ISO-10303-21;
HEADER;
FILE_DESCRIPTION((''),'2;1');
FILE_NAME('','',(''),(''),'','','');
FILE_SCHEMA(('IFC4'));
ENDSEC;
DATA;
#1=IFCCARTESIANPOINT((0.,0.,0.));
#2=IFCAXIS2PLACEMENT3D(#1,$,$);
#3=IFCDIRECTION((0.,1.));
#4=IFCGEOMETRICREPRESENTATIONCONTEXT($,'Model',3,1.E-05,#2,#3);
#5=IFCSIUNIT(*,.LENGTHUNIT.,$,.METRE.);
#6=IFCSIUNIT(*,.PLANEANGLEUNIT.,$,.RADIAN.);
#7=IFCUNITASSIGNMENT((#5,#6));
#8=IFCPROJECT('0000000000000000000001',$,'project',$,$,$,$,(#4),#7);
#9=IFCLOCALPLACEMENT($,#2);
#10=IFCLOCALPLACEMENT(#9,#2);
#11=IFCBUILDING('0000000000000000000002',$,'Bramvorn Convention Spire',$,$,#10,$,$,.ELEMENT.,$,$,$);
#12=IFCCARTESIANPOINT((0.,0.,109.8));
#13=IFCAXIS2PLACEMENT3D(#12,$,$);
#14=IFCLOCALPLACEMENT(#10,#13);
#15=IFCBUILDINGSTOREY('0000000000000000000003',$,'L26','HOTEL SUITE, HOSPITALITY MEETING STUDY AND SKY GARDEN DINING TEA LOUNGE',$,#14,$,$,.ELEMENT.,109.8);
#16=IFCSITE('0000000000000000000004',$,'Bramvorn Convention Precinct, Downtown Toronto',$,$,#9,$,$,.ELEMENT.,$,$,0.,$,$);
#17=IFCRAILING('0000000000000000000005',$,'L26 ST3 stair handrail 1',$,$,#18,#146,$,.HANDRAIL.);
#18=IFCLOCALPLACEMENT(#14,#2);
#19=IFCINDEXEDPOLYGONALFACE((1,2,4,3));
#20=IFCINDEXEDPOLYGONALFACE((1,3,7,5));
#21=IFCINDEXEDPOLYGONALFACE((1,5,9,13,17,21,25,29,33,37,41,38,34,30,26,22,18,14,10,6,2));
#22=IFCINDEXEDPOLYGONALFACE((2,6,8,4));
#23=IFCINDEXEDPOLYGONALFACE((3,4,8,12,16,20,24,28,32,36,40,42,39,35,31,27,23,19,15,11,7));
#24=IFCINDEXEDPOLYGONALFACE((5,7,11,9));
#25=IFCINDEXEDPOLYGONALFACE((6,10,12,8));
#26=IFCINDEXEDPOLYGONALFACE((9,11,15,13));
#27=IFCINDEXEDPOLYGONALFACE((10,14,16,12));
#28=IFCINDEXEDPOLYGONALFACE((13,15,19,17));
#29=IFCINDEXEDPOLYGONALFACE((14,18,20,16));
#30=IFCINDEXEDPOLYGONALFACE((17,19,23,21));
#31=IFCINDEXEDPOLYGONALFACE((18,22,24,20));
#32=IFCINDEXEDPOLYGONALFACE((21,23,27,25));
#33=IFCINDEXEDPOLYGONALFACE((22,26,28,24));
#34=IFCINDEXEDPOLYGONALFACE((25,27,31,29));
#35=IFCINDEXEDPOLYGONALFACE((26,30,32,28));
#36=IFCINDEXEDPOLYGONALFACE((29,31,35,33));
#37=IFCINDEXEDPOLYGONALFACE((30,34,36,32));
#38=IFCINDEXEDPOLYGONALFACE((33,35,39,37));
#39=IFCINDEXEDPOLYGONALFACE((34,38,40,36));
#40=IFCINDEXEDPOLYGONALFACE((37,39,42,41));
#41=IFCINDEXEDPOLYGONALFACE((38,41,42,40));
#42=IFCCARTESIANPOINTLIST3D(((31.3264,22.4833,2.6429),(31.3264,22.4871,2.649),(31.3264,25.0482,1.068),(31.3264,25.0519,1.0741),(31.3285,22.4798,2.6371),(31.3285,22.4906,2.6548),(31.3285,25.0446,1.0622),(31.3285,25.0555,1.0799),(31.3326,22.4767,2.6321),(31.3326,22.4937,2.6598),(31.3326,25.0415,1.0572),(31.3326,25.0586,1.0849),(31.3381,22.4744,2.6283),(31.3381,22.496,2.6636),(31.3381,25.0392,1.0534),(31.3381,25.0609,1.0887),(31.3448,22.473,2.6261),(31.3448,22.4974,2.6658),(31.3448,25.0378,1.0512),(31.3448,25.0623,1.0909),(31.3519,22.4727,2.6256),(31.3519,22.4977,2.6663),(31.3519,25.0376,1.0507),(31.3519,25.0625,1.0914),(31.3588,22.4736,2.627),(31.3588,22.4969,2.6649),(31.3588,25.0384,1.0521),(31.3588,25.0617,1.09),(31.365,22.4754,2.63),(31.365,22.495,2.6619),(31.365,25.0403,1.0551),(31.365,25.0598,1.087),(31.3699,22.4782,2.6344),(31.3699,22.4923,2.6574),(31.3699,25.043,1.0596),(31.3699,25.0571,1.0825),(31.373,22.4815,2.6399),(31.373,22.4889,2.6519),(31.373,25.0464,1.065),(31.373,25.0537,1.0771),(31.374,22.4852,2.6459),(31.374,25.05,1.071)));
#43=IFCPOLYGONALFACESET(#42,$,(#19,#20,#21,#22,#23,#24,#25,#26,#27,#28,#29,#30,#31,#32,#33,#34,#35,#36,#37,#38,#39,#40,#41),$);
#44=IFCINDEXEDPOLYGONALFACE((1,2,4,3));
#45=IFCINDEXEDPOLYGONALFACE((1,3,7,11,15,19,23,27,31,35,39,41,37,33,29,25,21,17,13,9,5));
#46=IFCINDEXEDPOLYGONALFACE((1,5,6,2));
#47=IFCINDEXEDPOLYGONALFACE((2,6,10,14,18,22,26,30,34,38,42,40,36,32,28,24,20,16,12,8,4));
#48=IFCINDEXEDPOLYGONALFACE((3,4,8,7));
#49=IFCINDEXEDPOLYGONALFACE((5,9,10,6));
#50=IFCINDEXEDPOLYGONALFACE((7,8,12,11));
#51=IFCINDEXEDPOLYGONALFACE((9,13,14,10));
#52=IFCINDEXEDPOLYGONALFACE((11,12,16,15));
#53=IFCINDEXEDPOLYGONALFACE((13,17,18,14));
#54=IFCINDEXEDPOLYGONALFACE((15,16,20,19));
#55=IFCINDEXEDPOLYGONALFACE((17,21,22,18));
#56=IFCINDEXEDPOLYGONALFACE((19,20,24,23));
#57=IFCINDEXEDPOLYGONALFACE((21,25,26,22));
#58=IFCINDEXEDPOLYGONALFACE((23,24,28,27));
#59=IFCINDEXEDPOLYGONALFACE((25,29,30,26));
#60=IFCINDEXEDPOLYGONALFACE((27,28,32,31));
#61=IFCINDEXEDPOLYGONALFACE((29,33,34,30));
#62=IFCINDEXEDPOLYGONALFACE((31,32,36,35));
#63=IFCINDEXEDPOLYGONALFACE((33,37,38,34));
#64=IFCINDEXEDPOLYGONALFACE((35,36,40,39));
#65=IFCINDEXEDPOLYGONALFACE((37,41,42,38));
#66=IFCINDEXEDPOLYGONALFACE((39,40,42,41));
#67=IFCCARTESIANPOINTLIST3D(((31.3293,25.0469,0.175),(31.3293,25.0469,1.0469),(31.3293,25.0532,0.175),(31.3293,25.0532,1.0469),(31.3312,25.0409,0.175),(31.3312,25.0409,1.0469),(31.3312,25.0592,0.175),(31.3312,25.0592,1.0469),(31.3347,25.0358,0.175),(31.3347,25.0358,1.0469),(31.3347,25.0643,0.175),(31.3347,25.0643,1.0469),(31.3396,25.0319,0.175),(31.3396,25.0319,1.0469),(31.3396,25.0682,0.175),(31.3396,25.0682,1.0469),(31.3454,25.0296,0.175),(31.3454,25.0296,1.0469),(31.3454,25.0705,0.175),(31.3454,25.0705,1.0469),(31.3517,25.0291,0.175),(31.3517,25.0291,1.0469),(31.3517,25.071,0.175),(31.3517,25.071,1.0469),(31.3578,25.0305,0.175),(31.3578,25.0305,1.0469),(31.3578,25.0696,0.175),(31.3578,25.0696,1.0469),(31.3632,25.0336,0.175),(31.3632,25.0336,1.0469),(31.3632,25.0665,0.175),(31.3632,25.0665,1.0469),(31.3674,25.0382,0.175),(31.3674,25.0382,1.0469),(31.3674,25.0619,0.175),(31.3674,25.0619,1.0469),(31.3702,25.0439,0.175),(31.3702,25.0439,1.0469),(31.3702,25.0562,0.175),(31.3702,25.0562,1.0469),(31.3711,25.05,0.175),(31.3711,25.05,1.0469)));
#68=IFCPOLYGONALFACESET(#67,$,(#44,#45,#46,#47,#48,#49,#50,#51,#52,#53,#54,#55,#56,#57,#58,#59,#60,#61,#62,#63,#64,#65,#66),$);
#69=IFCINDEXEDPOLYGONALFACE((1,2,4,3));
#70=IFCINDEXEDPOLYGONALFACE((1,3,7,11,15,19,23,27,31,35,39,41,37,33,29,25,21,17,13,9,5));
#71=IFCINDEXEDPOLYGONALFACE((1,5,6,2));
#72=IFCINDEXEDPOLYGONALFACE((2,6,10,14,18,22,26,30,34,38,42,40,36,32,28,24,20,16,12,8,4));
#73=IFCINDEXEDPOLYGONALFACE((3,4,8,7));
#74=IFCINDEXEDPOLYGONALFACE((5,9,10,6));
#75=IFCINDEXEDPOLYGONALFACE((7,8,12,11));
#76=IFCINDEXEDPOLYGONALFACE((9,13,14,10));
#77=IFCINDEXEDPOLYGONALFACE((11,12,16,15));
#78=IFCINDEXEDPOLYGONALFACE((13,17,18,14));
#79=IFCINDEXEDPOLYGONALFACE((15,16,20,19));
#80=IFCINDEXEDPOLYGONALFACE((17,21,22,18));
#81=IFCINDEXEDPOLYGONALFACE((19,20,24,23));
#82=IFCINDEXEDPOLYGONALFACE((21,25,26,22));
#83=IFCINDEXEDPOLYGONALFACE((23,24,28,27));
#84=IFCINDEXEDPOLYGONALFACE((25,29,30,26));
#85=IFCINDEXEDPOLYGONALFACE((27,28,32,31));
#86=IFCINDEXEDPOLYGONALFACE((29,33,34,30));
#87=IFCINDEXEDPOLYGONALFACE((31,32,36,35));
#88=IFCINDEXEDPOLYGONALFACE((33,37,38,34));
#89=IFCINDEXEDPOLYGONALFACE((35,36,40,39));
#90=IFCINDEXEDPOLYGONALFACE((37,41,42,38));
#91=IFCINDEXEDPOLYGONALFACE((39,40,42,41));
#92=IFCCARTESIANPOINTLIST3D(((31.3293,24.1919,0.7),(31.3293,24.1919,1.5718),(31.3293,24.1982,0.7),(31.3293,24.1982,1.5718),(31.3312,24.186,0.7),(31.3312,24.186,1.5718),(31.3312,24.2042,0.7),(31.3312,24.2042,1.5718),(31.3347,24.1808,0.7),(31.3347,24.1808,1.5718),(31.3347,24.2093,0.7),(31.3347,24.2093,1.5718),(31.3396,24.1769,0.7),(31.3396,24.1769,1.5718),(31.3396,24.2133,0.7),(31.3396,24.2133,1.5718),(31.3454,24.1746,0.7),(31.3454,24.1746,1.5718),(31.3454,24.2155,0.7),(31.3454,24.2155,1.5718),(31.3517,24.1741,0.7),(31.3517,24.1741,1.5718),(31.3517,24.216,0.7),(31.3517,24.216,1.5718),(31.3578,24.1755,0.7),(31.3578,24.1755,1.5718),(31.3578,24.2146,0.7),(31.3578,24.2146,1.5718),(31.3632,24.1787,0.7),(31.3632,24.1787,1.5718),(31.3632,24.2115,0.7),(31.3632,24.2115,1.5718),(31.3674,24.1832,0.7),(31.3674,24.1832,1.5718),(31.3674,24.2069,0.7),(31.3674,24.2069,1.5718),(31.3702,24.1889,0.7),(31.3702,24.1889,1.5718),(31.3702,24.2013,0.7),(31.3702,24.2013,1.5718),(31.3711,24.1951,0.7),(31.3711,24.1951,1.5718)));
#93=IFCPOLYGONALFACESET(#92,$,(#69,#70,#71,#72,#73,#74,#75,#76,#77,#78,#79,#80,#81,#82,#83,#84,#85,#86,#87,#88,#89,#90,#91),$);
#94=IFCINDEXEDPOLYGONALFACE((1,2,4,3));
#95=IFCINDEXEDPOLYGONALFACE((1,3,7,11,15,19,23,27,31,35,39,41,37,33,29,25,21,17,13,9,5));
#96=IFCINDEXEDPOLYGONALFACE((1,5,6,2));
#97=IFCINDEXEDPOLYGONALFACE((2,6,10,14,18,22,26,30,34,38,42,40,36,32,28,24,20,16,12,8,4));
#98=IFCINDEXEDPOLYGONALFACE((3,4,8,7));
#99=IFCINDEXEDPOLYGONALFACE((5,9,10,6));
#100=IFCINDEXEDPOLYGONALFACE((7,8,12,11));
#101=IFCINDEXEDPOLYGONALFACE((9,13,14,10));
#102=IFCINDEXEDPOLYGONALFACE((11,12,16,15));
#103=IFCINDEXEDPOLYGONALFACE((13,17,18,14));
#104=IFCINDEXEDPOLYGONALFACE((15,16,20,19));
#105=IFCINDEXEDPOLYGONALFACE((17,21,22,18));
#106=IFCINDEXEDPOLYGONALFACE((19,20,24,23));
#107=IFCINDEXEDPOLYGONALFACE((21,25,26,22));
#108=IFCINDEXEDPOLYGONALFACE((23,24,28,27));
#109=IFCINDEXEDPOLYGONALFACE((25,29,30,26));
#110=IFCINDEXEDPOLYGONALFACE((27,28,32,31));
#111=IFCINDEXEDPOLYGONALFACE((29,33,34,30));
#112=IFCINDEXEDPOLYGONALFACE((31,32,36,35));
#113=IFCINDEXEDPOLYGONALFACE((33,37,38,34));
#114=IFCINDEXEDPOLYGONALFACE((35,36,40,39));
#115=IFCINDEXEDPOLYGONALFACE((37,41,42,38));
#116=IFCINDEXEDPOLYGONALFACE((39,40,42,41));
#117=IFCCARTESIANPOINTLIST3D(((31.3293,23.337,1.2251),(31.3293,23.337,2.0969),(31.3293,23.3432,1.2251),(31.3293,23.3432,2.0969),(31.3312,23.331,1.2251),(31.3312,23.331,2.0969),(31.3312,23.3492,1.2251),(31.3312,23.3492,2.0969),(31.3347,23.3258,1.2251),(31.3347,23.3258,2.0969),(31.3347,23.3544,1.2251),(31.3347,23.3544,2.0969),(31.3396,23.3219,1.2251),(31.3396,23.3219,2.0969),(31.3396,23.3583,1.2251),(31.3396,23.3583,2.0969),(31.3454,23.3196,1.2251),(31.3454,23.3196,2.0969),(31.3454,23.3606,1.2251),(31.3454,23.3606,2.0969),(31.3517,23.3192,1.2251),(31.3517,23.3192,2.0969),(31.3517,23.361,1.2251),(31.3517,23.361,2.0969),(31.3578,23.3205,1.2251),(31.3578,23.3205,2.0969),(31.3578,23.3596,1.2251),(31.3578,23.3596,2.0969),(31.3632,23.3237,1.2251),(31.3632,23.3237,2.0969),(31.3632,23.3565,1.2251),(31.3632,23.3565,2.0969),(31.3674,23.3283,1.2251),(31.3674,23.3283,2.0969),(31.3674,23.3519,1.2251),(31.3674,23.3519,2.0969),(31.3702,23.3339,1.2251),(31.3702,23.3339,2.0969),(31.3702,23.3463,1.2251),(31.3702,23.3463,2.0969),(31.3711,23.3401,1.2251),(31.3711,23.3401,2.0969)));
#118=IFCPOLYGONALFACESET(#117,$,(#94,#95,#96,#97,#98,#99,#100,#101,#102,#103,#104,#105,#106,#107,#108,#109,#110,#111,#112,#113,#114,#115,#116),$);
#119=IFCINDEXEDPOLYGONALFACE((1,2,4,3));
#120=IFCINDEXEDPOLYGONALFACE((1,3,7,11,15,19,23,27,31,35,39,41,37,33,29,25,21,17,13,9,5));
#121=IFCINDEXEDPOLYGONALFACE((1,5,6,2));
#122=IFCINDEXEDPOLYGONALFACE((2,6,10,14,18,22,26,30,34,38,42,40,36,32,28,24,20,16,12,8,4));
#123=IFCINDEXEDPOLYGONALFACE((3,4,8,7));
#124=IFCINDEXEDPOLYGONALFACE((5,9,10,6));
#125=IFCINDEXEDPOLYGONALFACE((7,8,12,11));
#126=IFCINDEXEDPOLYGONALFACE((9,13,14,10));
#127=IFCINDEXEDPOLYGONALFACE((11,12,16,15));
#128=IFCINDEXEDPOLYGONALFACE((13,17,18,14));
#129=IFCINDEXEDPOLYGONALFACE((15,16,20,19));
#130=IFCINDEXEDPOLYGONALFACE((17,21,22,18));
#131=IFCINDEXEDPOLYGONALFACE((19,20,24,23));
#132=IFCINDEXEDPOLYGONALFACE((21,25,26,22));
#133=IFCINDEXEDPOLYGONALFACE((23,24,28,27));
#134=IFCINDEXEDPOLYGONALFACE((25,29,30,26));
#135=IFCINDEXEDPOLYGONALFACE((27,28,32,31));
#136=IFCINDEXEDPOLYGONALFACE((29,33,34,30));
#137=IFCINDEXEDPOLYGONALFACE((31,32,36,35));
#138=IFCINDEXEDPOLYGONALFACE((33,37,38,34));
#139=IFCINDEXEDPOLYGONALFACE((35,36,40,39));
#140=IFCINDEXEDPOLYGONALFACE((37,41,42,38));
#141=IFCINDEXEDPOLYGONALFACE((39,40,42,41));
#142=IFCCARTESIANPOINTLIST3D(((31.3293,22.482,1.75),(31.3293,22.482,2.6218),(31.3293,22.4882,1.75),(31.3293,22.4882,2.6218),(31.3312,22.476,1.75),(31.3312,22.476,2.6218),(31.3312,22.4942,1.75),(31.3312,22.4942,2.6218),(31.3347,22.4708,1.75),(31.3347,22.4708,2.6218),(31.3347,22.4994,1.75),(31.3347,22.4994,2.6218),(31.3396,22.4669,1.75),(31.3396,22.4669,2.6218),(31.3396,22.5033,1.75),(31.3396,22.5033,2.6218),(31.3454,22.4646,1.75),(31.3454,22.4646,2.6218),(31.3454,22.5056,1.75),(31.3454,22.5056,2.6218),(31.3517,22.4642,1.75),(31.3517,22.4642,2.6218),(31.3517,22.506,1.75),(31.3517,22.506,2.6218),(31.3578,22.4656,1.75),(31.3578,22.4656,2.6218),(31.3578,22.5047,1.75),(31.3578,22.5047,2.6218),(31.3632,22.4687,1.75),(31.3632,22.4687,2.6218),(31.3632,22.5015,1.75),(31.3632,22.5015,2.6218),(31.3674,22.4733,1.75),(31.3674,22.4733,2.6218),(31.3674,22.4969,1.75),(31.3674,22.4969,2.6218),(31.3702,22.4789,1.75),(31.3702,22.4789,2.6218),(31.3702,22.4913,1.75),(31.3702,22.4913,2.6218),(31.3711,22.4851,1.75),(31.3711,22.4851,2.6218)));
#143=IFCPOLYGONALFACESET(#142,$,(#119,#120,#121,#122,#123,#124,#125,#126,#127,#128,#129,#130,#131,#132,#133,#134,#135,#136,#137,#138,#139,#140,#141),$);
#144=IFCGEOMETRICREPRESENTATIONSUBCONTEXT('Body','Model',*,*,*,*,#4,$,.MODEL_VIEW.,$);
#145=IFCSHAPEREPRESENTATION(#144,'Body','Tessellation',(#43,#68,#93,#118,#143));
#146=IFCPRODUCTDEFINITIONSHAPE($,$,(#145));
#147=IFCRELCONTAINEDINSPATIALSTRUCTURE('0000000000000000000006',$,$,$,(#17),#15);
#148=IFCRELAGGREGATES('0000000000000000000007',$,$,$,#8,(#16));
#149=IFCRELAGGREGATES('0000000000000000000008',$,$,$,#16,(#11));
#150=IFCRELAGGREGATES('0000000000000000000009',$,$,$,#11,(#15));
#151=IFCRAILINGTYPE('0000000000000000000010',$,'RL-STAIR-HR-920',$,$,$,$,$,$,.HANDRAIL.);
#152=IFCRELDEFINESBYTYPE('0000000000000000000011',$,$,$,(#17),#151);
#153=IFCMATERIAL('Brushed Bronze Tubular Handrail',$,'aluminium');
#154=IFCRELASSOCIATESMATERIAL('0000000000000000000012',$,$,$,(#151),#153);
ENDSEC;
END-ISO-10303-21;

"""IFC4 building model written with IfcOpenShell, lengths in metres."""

from ifc_helpers import new_model, si_unit, direction, frame, origin, origin_2d, place, context, subcontext, project, spatial, circle, extrude, material, type_object, element, save


model = new_model("IFC4")

# Units and contexts
model_context = context("Model", 3, precision=1e-05, world=origin(), true_north=direction((0.0, 1.0)))
body_context = subcontext(model_context, "Body", "Model", "MODEL_VIEW")
ifc_project = project(units=[si_unit("LENGTHUNIT", "METRE"), si_unit("PLANEANGLEUNIT", "RADIAN")], contexts=[model_context])

# Site, building, storey
site_placement = place(None, origin())
site = spatial("IfcSite", under=ifc_project, at=site_placement, Name="Bramvorn Convention Precinct, Downtown Toronto", CompositionType="ELEMENT", RefElevation=0.0)
building_placement = place(site_placement, origin())
building = spatial("IfcBuilding", under=site, at=building_placement, Name="Bramvorn Convention Spire", CompositionType="ELEMENT")
storey_placement = place(building_placement, frame((0.0, 0.0, 109.8)))
storey = spatial("IfcBuildingStorey", under=building, at=storey_placement, Name="L26", Description="HOTEL SUITE, HOSPITALITY MEETING STUDY AND SKY GARDEN DINING TEA LOUNGE", CompositionType="ELEMENT", Elevation=109.8)

# Railing
ifc_material_1 = material(Name="Brushed Bronze Tubular Handrail", Category="aluminium")
railing_type_1 = type_object("IfcRailingType", Name="RL-STAIR-HR-920", PredefinedType="HANDRAIL", material=ifc_material_1)
railing_1_placement = place(storey_placement, frame((31.3501, 25.05, 0.175)))
element("IfcRailing", 1, at=railing_1_placement, inside=storey, type_object=railing_type_1, Name="L26 ST3 stair handrail 1", PredefinedType="HANDRAIL", context=body_context, shape_type="SweptSolid", body=[
    extrude(circle(Radius=0.0239, at=origin_2d()), frame((0.0, 0.0, 0.896), z_axis=(0.0, -0.852173, 0.52326), x_axis=(1.0, 0.0, 0.0)), (0.0, 0.0, 1.0), 3.0098),
    extrude(circle(Radius=0.021, at=origin_2d()), origin(), (0.0, 0.0, 1.0), 0.8718),
    extrude(circle(Radius=0.021, at=origin_2d()), frame((0.0, -0.855, 0.5249)), (0.0, 0.0, 1.0), 0.8718),
    extrude(circle(Radius=0.021, at=origin_2d()), frame((0.0, -1.71, 1.05)), (0.0, 0.0, 1.0), 0.8718),
    extrude(circle(Radius=0.021, at=origin_2d()), frame((0.0, -2.5649, 1.575)), (0.0, 0.0, 1.0), 0.8718),
])

save(model, "model.ifc")
